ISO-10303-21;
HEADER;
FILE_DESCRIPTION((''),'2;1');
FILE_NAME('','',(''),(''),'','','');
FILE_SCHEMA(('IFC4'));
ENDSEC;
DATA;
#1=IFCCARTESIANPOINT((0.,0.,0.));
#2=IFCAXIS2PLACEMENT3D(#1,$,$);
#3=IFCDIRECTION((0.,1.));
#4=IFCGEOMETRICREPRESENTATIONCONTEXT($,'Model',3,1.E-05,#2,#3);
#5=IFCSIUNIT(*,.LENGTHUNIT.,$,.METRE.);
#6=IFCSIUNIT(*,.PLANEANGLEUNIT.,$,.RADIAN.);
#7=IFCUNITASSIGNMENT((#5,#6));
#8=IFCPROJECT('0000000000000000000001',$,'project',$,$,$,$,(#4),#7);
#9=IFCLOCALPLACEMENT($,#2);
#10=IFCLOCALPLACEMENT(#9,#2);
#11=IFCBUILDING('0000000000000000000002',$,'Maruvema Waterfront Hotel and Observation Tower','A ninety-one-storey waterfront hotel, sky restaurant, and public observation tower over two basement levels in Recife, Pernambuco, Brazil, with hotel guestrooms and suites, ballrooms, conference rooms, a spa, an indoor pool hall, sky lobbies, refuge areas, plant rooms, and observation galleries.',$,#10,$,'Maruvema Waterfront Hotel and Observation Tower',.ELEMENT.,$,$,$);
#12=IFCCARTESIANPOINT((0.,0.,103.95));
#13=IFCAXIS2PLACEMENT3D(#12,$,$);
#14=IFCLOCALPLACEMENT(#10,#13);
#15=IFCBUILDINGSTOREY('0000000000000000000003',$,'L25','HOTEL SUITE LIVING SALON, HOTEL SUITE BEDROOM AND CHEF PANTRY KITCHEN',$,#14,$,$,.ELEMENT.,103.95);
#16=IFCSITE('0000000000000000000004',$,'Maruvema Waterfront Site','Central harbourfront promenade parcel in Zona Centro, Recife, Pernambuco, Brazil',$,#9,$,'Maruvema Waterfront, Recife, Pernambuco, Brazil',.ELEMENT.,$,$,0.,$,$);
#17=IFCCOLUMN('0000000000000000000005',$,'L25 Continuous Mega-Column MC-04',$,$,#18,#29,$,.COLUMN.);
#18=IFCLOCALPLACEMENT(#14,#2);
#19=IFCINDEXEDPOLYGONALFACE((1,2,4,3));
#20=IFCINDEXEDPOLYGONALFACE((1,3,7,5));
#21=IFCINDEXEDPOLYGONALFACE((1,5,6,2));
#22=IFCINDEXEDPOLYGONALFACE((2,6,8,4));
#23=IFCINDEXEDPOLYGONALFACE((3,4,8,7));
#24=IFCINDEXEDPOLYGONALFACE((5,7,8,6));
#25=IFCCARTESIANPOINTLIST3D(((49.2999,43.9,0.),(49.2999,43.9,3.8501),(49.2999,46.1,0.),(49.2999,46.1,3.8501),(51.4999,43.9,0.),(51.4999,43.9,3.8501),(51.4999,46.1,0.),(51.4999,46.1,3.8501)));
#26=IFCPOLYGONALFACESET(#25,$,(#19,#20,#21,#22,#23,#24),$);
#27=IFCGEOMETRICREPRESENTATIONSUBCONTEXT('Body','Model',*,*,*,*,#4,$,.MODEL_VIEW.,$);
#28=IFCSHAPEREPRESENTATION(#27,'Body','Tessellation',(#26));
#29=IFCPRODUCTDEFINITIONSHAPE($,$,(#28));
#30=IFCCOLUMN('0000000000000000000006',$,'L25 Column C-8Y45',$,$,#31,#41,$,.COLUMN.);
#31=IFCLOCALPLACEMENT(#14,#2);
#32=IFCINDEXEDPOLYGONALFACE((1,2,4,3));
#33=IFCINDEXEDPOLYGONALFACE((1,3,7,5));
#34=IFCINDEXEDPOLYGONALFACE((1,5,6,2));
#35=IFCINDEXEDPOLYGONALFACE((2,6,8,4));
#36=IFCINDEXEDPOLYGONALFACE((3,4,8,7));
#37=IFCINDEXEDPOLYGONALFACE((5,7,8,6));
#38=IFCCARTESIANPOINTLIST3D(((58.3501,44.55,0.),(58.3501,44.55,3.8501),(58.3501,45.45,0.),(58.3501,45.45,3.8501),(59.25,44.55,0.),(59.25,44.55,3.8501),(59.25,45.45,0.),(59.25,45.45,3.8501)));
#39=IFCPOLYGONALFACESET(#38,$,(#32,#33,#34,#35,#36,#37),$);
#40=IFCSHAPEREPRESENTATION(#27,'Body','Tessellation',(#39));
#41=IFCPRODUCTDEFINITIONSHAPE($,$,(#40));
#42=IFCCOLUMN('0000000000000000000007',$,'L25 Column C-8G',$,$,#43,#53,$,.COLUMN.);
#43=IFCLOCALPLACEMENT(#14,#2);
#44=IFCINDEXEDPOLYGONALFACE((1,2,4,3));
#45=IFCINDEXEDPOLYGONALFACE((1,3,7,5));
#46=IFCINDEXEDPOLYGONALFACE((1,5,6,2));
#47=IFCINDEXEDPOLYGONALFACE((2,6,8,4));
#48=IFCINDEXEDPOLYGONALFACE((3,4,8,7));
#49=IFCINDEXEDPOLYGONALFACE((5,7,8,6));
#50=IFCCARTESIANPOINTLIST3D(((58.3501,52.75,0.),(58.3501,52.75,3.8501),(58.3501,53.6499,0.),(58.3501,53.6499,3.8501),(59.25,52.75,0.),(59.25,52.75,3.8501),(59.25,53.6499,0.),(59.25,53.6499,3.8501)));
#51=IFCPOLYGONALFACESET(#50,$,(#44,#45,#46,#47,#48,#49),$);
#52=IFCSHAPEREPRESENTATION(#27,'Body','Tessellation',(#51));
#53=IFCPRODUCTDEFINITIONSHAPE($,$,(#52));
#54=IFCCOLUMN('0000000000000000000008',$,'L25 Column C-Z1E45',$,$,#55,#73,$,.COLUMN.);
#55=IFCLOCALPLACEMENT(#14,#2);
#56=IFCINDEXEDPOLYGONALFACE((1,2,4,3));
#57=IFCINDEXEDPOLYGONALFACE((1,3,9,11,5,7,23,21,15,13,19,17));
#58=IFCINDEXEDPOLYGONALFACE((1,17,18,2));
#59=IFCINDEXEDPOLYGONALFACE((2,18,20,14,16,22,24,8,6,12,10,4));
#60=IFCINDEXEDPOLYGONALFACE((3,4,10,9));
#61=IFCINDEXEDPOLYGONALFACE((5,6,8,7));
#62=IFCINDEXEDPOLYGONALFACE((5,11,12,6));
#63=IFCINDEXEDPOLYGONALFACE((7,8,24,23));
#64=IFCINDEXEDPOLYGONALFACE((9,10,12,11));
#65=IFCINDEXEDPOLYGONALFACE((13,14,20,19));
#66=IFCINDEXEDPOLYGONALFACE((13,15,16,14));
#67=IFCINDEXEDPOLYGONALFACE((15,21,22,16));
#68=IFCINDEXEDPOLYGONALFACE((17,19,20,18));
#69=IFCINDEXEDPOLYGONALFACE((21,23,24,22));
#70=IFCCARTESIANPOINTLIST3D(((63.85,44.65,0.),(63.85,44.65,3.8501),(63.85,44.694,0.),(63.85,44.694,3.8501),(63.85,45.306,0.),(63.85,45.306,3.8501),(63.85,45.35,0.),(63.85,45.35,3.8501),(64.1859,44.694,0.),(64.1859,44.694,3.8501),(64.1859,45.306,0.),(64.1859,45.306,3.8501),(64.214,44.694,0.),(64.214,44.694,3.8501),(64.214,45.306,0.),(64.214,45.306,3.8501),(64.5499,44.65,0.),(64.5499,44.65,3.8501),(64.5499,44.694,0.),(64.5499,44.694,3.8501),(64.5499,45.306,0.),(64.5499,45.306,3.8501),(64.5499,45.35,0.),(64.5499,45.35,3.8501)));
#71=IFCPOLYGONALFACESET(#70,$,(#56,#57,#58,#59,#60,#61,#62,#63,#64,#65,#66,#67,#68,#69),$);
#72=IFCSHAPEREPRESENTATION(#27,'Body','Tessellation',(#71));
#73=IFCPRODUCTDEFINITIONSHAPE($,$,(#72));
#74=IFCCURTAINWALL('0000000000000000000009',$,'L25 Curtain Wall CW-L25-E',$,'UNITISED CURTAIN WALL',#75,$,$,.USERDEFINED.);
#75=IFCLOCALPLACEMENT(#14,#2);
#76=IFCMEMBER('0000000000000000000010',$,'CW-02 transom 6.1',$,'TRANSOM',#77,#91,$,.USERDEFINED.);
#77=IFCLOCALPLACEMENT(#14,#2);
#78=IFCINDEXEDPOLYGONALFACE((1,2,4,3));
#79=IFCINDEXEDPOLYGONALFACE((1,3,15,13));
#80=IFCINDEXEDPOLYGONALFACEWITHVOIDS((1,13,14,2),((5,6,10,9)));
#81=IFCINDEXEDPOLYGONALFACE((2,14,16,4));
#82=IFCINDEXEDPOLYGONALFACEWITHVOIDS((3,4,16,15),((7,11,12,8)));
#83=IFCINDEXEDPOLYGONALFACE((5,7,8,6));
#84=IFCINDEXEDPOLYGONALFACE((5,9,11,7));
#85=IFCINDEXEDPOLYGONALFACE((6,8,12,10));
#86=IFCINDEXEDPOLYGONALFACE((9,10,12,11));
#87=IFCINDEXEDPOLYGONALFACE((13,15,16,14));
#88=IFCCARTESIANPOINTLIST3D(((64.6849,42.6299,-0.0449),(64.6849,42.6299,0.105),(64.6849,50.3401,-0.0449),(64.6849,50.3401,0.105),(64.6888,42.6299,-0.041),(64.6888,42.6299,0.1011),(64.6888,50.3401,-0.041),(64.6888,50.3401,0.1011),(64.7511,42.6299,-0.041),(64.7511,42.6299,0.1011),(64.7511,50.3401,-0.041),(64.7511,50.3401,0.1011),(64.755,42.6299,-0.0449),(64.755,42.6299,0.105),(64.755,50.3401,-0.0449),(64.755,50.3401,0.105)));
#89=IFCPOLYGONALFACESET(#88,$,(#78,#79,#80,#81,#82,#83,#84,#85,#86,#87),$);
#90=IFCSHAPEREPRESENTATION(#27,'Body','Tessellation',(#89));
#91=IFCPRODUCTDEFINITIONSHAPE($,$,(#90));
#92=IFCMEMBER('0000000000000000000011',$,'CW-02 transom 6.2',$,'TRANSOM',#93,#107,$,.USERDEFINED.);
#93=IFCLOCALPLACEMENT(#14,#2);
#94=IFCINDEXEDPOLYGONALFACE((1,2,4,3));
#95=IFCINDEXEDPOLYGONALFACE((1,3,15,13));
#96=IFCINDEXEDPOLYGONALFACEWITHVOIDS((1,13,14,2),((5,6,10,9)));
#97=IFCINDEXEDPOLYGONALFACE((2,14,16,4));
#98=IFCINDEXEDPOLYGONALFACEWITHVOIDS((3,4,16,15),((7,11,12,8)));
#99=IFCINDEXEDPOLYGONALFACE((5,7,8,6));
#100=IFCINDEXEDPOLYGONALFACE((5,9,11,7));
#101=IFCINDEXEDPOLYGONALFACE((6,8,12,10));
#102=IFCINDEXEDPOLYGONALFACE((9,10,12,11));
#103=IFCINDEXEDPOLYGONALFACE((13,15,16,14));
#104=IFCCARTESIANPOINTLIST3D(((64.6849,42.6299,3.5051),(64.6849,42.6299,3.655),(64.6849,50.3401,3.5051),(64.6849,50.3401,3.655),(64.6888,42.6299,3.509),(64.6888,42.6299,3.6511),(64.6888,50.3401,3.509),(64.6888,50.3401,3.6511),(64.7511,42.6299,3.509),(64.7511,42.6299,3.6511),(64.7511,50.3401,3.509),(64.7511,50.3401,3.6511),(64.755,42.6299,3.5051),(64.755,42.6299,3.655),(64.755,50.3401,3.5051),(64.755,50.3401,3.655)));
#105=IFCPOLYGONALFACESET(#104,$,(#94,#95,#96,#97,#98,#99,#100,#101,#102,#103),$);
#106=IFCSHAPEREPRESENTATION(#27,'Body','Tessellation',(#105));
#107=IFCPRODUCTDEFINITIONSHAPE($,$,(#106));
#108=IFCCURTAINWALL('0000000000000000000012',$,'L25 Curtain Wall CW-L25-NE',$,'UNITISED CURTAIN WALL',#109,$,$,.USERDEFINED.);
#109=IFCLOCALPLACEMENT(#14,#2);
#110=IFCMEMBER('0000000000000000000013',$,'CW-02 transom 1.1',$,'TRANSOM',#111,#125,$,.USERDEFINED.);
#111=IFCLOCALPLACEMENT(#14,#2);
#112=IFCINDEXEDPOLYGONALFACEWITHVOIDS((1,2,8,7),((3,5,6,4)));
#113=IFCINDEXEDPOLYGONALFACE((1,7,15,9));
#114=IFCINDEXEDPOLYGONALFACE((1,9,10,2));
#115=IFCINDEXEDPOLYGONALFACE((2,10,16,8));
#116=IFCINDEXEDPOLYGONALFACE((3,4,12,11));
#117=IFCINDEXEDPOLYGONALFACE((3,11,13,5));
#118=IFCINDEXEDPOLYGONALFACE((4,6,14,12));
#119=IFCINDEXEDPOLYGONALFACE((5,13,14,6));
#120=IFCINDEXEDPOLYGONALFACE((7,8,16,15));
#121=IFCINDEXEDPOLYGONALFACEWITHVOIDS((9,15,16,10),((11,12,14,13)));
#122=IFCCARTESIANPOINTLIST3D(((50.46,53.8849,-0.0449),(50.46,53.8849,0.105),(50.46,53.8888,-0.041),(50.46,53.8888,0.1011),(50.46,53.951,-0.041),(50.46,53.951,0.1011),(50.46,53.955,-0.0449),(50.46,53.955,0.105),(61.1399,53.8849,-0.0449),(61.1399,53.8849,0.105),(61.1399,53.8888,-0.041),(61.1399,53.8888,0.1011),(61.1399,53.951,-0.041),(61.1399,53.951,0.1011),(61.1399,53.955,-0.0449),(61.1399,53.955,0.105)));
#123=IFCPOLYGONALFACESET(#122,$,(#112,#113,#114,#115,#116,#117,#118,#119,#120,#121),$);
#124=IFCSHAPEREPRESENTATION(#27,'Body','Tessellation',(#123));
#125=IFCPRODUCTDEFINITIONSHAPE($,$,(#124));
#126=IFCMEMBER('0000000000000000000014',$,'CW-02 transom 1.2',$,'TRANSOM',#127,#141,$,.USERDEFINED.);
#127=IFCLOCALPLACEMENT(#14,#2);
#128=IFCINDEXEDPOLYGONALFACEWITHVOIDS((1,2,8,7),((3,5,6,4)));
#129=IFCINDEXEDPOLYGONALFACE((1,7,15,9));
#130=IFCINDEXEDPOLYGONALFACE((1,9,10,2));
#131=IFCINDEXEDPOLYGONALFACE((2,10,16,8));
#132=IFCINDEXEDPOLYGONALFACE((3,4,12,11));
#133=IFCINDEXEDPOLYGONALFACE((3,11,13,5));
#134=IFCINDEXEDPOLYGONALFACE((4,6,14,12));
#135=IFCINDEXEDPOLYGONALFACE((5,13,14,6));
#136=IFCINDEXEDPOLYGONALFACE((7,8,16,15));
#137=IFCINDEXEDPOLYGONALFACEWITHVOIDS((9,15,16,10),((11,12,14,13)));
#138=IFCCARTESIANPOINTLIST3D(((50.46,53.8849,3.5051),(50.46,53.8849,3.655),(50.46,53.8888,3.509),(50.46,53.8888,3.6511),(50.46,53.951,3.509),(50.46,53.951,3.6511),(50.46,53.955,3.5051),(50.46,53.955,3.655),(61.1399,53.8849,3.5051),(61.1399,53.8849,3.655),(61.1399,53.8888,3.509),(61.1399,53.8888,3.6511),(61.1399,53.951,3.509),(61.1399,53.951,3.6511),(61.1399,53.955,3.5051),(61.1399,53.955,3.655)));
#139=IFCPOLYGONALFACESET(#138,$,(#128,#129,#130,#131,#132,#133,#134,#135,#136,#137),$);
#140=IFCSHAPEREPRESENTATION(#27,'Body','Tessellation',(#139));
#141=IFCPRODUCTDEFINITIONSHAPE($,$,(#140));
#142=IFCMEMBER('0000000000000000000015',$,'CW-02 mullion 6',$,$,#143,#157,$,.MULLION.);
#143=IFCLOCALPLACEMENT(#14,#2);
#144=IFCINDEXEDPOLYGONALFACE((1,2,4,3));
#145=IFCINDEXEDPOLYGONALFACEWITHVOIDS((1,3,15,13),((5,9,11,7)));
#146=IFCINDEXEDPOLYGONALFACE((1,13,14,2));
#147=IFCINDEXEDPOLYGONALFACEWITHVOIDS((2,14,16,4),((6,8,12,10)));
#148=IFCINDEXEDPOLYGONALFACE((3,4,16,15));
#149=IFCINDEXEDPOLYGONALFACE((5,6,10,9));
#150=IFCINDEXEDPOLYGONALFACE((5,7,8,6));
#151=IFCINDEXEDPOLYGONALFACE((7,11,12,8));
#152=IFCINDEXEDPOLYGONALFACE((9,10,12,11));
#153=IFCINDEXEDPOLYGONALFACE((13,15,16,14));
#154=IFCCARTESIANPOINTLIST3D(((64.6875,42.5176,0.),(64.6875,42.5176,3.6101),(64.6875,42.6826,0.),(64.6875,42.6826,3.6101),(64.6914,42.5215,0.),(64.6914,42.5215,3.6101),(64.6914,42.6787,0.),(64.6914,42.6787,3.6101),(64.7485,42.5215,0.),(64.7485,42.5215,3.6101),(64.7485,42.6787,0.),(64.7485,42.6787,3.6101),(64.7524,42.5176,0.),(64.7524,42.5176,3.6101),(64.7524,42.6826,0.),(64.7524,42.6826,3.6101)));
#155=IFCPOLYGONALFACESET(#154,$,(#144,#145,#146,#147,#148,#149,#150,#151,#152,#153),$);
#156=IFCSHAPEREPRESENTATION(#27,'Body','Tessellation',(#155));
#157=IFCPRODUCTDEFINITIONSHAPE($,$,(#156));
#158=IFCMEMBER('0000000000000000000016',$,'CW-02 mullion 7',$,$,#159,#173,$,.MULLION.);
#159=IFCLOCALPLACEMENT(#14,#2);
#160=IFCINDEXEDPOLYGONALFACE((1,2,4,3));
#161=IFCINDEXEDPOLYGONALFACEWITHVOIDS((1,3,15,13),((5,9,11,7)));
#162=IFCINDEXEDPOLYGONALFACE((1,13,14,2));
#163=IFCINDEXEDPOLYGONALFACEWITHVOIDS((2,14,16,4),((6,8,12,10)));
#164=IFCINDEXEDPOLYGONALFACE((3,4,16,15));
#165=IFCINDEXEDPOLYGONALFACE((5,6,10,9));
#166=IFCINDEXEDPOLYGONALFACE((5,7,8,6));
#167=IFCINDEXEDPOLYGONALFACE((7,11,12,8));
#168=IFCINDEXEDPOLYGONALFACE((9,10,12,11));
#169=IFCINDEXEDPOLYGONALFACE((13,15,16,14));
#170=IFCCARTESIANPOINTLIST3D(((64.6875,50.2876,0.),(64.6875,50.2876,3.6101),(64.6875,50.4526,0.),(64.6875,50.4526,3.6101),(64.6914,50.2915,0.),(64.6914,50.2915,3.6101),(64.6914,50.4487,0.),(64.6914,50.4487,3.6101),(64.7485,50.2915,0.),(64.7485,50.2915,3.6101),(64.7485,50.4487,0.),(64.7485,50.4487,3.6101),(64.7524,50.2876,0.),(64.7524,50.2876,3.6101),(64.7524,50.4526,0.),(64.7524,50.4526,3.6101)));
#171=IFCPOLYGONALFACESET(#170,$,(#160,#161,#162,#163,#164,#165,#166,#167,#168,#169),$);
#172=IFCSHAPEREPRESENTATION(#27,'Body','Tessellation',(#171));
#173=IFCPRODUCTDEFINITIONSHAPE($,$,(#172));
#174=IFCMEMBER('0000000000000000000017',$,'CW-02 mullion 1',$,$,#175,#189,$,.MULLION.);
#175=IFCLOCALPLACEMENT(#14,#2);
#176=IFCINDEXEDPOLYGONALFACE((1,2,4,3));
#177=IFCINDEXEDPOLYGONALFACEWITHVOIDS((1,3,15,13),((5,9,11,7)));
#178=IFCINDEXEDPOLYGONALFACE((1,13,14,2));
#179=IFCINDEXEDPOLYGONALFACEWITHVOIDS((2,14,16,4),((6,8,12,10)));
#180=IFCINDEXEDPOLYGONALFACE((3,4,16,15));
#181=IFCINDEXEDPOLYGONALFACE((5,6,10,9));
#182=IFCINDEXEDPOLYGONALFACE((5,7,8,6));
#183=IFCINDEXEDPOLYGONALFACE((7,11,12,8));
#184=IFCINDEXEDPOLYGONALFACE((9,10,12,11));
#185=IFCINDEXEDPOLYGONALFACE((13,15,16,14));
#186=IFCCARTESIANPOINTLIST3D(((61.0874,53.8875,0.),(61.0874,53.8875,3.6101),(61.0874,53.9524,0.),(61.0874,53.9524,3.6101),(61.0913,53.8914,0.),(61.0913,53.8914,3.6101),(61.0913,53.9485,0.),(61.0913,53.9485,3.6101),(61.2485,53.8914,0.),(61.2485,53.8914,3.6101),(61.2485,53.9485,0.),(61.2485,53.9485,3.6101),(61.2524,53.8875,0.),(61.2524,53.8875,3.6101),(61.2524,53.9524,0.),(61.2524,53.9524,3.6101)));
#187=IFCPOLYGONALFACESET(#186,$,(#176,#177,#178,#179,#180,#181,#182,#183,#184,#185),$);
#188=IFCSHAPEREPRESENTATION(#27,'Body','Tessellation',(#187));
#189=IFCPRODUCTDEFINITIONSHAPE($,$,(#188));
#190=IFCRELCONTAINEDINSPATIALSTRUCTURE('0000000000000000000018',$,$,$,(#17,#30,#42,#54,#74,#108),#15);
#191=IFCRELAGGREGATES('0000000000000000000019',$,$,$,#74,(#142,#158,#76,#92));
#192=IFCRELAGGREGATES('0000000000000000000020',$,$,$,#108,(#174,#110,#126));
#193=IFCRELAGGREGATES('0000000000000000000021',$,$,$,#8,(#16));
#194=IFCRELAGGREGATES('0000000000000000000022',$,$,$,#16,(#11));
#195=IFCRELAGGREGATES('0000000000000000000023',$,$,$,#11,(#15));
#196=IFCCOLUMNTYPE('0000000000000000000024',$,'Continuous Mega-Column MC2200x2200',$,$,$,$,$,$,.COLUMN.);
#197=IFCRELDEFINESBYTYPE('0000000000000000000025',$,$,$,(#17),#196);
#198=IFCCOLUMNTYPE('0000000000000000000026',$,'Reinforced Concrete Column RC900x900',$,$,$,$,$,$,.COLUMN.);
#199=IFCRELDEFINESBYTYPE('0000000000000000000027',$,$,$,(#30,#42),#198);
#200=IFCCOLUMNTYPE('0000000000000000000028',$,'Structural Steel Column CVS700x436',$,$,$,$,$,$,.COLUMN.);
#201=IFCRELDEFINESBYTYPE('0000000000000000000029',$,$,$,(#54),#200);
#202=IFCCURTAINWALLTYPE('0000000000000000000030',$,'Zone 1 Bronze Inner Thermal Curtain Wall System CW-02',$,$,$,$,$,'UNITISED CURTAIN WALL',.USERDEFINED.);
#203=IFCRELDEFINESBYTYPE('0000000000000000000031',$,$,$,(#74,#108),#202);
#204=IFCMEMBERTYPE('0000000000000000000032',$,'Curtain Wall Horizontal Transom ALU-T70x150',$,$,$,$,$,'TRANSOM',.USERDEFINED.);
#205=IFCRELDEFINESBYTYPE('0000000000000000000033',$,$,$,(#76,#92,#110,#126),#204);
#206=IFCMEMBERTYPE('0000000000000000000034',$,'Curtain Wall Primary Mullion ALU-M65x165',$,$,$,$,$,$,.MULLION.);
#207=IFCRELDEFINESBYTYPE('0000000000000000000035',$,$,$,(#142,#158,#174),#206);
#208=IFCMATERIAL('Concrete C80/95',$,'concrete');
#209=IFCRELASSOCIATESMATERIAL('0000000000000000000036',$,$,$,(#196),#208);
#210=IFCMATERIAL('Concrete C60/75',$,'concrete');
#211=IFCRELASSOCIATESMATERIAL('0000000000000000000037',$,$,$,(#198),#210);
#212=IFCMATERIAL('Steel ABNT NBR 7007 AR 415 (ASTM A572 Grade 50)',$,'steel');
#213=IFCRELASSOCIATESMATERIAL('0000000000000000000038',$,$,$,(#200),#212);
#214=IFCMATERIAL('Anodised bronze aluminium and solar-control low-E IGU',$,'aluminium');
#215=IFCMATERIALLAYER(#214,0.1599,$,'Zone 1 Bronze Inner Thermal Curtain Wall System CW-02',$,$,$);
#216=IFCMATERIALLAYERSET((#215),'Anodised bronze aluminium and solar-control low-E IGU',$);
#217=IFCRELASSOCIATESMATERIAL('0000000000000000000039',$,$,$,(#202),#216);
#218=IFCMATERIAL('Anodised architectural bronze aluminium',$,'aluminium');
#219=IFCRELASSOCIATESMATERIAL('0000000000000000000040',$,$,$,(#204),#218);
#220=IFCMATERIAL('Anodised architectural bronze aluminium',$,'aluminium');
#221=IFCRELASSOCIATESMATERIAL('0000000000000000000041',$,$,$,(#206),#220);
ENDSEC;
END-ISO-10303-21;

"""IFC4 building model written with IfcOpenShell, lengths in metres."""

from ifc_helpers import new_model, si_unit, direction, frame, origin, origin_2d, place, context, subcontext, project, spatial, rectangle, hollow_rectangle, i_section, extrude, material, layer, layer_set, material_profile, profile_set, type_object, element, aggregate, save


model = new_model("IFC4")

# Units and contexts
model_context = context("Model", 3, precision=1e-05, world=origin(), true_north=direction((0.0, 1.0)))
body_context = subcontext(model_context, "Body", "Model", "MODEL_VIEW")
ifc_project = project(units=[si_unit("LENGTHUNIT", "METRE"), si_unit("PLANEANGLEUNIT", "RADIAN")], contexts=[model_context])

# Site, building, storey
site_placement = place(None, origin())
site = spatial("IfcSite", under=ifc_project, at=site_placement, Name="Maruvema Waterfront Site", Description="Central harbourfront promenade parcel in Zona Centro, Recife, Pernambuco, Brazil", LongName="Maruvema Waterfront, Recife, Pernambuco, Brazil", CompositionType="ELEMENT", RefElevation=0.0)
building_placement = place(site_placement, origin())
building = spatial("IfcBuilding", under=site, at=building_placement, Name="Maruvema Waterfront Hotel and Observation Tower", Description="A ninety-one-storey waterfront hotel, sky restaurant, and public observation tower over two basement levels in Recife, Pernambuco, Brazil, with hotel guestrooms and suites, ballrooms, conference rooms, a spa, an indoor pool hall, sky lobbies, refuge areas, plant rooms, and observation galleries.", LongName="Maruvema Waterfront Hotel and Observation Tower", CompositionType="ELEMENT")
storey_placement = place(building_placement, frame((0.0, 0.0, 103.95)))
storey = spatial("IfcBuildingStorey", under=building, at=storey_placement, Name="L25", Description="HOTEL SUITE LIVING SALON, HOTEL SUITE BEDROOM AND CHEF PANTRY KITCHEN", CompositionType="ELEMENT", Elevation=103.95)

# Columns
ifc_material_1 = material(Name="Concrete C80/95", Category="concrete")
ifc_material_profile_1 = material_profile(ifc_material_1, rectangle(XDim=2.2, YDim=2.2, at=origin_2d()), Name="MC2200x2200")
ifc_profile_set_1 = profile_set([ifc_material_profile_1], Name="Concrete C80/95")
column_type_1 = type_object("IfcColumnType", Name="Continuous Mega-Column MC2200x2200", PredefinedType="COLUMN", material=ifc_profile_set_1)
column_1_placement = place(storey_placement, frame((50.3999, 45.0, 0.0), z_axis=(0.0, 0.0, 1.0), x_axis=(1.0, 0.0, 0.0)))
element("IfcColumn", 1, at=column_1_placement, inside=storey, type_object=column_type_1, Name="L25 Continuous Mega-Column MC-04", PredefinedType="COLUMN", context=body_context, shape_type="SweptSolid", body=[
    extrude(rectangle(XDim=2.2, YDim=2.2, at=origin_2d()), origin(), (0.0, 0.0, 1.0), 3.8501),
])
ifc_material_2 = material(Name="Concrete C60/75", Category="concrete")
ifc_material_profile_2 = material_profile(ifc_material_2, rectangle(XDim=0.8999, YDim=0.8999, at=origin_2d()), Name="RC900x900")
ifc_profile_set_2 = profile_set([ifc_material_profile_2], Name="Concrete C60/75")
column_type_2 = type_object("IfcColumnType", Name="Reinforced Concrete Column RC900x900", PredefinedType="COLUMN", material=ifc_profile_set_2)
for number, where, z_axis, x_axis, name in (
    (2, (58.8, 45.0, 0.0), (0.0, 0.0, 1.0), (1.0, 0.0, 0.0), "L25 Column C-8Y45"),
    (3, (58.8, 53.2, 0.0), (0.0, 0.0, 1.0), (1.0, 0.0, 0.0), "L25 Column C-8G"),
):
    element("IfcColumn", number, at=place(storey_placement, frame(where, z_axis=z_axis, x_axis=x_axis)), inside=storey, type_object=column_type_2, Name=name, PredefinedType="COLUMN", context=body_context, shape_type="SweptSolid", body=[
        extrude(rectangle(XDim=0.8999, YDim=0.8999, at=origin_2d()), origin(), (0.0, 0.0, 1.0), 3.8501),
    ])
ifc_material_3 = material(Name="Steel ABNT NBR 7007 AR 415 (ASTM A572 Grade 50)", Category="steel")
ifc_material_profile_3 = material_profile(ifc_material_3, i_section(OverallWidth=0.7, OverallDepth=0.7, WebThickness=0.0281, FlangeThickness=0.0439, at=origin_2d()), Name="CVS700x436")
ifc_profile_set_3 = profile_set([ifc_material_profile_3], Name="Steel ABNT NBR 7007 AR 415 (ASTM A572 Grade 50)")
column_type_3 = type_object("IfcColumnType", Name="Structural Steel Column CVS700x436", PredefinedType="COLUMN", material=ifc_profile_set_3)
column_2_placement = place(storey_placement, frame((64.2, 45.0, 0.0), z_axis=(0.0, 0.0, 1.0), x_axis=(1.0, 0.0, 0.0)))
element("IfcColumn", 4, at=column_2_placement, inside=storey, type_object=column_type_3, Name="L25 Column C-Z1E45", PredefinedType="COLUMN", context=body_context, shape_type="SweptSolid", body=[
    extrude(i_section(OverallWidth=0.7, OverallDepth=0.7, WebThickness=0.0281, FlangeThickness=0.0439, at=origin_2d()), origin(), (0.0, 0.0, 1.0), 3.8501),
])

# Curtain walls, members
ifc_material_4 = material(Name="Anodised bronze aluminium and solar-control low-E IGU", Category="aluminium")
ifc_layer_1 = layer(ifc_material_4, 0.1599, Name="Zone 1 Bronze Inner Thermal Curtain Wall System CW-02")
ifc_layer_set_1 = layer_set([ifc_layer_1], Name="Anodised bronze aluminium and solar-control low-E IGU")
curtain_wall_type = type_object("IfcCurtainWallType", Name="Zone 1 Bronze Inner Thermal Curtain Wall System CW-02", ElementType="UNITISED CURTAIN WALL", PredefinedType="USERDEFINED", material=ifc_layer_set_1)
curtain_wall_1_placement = place(storey_placement, origin())
curtain_wall_1 = element("IfcCurtainWall", 5, at=curtain_wall_1_placement, inside=storey, type_object=curtain_wall_type, Name="L25 Curtain Wall CW-L25-E", ObjectType="UNITISED CURTAIN WALL", PredefinedType="USERDEFINED")
ifc_material_5 = material(Name="Anodised architectural bronze aluminium", Category="aluminium")
ifc_material_profile_4 = material_profile(ifc_material_5, hollow_rectangle(XDim=0.0701, YDim=0.1499, WallThickness=0.0039, at=origin_2d()), Name="ALU-T70x150")
ifc_profile_set_4 = profile_set([ifc_material_profile_4], Name="Anodised architectural bronze aluminium")
member_type_1 = type_object("IfcMemberType", Name="Curtain Wall Horizontal Transom ALU-T70x150", ElementType="TRANSOM", PredefinedType="USERDEFINED", material=ifc_profile_set_4)
member_1_placement = place(storey_placement, frame((64.72, 42.6299, 0.03), z_axis=(0.0, 1.0, 0.0), x_axis=(-1.0, 0.0, 0.0)))
member_1 = element("IfcMember", 6, at=member_1_placement, type_object=member_type_1, Name="CW-02 transom 6.1", ObjectType="TRANSOM", PredefinedType="USERDEFINED", context=body_context, shape_type="SweptSolid", body=[
    extrude(hollow_rectangle(XDim=0.0701, YDim=0.1499, WallThickness=0.0039, at=origin_2d()), origin(), (0.0, 0.0, 1.0), 7.7102),
])
member_2_placement = place(storey_placement, frame((64.72, 42.6299, 3.5801), z_axis=(0.0, 1.0, 0.0), x_axis=(-1.0, 0.0, 0.0)))
member_2 = element("IfcMember", 7, at=member_2_placement, type_object=member_type_1, Name="CW-02 transom 6.2", ObjectType="TRANSOM", PredefinedType="USERDEFINED", context=body_context, shape_type="SweptSolid", body=[
    extrude(hollow_rectangle(XDim=0.0701, YDim=0.1499, WallThickness=0.0039, at=origin_2d()), origin(), (0.0, 0.0, 1.0), 7.7102),
])
curtain_wall_2_placement = place(storey_placement, origin())
curtain_wall_2 = element("IfcCurtainWall", 8, at=curtain_wall_2_placement, inside=storey, type_object=curtain_wall_type, Name="L25 Curtain Wall CW-L25-NE", ObjectType="UNITISED CURTAIN WALL", PredefinedType="USERDEFINED")
member_3_placement = place(storey_placement, frame((61.1399, 53.9199, 0.03), z_axis=(-1.0, 0.0, 0.0), x_axis=(0.0, -1.0, 0.0)))
member_3 = element("IfcMember", 9, at=member_3_placement, type_object=member_type_1, Name="CW-02 transom 1.1", ObjectType="TRANSOM", PredefinedType="USERDEFINED", context=body_context, shape_type="SweptSolid", body=[
    extrude(hollow_rectangle(XDim=0.0701, YDim=0.1499, WallThickness=0.0039, at=origin_2d()), origin(), (0.0, 0.0, 1.0), 10.6799),
])
member_4_placement = place(storey_placement, frame((61.1399, 53.9199, 3.5801), z_axis=(-1.0, 0.0, 0.0), x_axis=(0.0, -1.0, 0.0)))
member_4 = element("IfcMember", 10, at=member_4_placement, type_object=member_type_1, Name="CW-02 transom 1.2", ObjectType="TRANSOM", PredefinedType="USERDEFINED", context=body_context, shape_type="SweptSolid", body=[
    extrude(hollow_rectangle(XDim=0.0701, YDim=0.1499, WallThickness=0.0039, at=origin_2d()), origin(), (0.0, 0.0, 1.0), 10.6799),
])

# Members
ifc_material_6 = material(Name="Anodised architectural bronze aluminium", Category="aluminium")
ifc_material_profile_5 = material_profile(ifc_material_6, hollow_rectangle(XDim=0.0649, YDim=0.165, WallThickness=0.0039, at=origin_2d()), Name="ALU-M65x165")
ifc_profile_set_5 = profile_set([ifc_material_profile_5], Name="Anodised architectural bronze aluminium")
member_type_2 = type_object("IfcMemberType", Name="Curtain Wall Primary Mullion ALU-M65x165", PredefinedType="MULLION", material=ifc_profile_set_5)
member_5_placement = place(storey_placement, frame((64.72, 42.6001, 0.0), z_axis=(0.0, 0.0, 1.0), x_axis=(-1.0, 0.0, 0.0)))
member_5 = element("IfcMember", 11, at=member_5_placement, type_object=member_type_2, Name="CW-02 mullion 6", PredefinedType="MULLION", context=body_context, shape_type="SweptSolid", body=[
    extrude(hollow_rectangle(XDim=0.0649, YDim=0.165, WallThickness=0.0039, at=origin_2d()), origin(), (0.0, 0.0, 1.0), 3.6101),
])
member_6_placement = place(storey_placement, frame((64.72, 50.3701, 0.0), z_axis=(0.0, 0.0, 1.0), x_axis=(-1.0, 0.0, 0.0)))
member_6 = element("IfcMember", 12, at=member_6_placement, type_object=member_type_2, Name="CW-02 mullion 7", PredefinedType="MULLION", context=body_context, shape_type="SweptSolid", body=[
    extrude(hollow_rectangle(XDim=0.0649, YDim=0.165, WallThickness=0.0039, at=origin_2d()), origin(), (0.0, 0.0, 1.0), 3.6101),
])
member_7_placement = place(storey_placement, frame((61.1699, 53.9199, 0.0), z_axis=(0.0, 0.0, 1.0), x_axis=(0.0, -1.0, 0.0)))
member_7 = element("IfcMember", 13, at=member_7_placement, type_object=member_type_2, Name="CW-02 mullion 1", PredefinedType="MULLION", context=body_context, shape_type="SweptSolid", body=[
    extrude(hollow_rectangle(XDim=0.0649, YDim=0.165, WallThickness=0.0039, at=origin_2d()), origin(), (0.0, 0.0, 1.0), 3.6101),
])

aggregate(curtain_wall_1, [member_5, member_6, member_1, member_2])
aggregate(curtain_wall_2, [member_7, member_3, member_4])

save(model, "model.ifc")
